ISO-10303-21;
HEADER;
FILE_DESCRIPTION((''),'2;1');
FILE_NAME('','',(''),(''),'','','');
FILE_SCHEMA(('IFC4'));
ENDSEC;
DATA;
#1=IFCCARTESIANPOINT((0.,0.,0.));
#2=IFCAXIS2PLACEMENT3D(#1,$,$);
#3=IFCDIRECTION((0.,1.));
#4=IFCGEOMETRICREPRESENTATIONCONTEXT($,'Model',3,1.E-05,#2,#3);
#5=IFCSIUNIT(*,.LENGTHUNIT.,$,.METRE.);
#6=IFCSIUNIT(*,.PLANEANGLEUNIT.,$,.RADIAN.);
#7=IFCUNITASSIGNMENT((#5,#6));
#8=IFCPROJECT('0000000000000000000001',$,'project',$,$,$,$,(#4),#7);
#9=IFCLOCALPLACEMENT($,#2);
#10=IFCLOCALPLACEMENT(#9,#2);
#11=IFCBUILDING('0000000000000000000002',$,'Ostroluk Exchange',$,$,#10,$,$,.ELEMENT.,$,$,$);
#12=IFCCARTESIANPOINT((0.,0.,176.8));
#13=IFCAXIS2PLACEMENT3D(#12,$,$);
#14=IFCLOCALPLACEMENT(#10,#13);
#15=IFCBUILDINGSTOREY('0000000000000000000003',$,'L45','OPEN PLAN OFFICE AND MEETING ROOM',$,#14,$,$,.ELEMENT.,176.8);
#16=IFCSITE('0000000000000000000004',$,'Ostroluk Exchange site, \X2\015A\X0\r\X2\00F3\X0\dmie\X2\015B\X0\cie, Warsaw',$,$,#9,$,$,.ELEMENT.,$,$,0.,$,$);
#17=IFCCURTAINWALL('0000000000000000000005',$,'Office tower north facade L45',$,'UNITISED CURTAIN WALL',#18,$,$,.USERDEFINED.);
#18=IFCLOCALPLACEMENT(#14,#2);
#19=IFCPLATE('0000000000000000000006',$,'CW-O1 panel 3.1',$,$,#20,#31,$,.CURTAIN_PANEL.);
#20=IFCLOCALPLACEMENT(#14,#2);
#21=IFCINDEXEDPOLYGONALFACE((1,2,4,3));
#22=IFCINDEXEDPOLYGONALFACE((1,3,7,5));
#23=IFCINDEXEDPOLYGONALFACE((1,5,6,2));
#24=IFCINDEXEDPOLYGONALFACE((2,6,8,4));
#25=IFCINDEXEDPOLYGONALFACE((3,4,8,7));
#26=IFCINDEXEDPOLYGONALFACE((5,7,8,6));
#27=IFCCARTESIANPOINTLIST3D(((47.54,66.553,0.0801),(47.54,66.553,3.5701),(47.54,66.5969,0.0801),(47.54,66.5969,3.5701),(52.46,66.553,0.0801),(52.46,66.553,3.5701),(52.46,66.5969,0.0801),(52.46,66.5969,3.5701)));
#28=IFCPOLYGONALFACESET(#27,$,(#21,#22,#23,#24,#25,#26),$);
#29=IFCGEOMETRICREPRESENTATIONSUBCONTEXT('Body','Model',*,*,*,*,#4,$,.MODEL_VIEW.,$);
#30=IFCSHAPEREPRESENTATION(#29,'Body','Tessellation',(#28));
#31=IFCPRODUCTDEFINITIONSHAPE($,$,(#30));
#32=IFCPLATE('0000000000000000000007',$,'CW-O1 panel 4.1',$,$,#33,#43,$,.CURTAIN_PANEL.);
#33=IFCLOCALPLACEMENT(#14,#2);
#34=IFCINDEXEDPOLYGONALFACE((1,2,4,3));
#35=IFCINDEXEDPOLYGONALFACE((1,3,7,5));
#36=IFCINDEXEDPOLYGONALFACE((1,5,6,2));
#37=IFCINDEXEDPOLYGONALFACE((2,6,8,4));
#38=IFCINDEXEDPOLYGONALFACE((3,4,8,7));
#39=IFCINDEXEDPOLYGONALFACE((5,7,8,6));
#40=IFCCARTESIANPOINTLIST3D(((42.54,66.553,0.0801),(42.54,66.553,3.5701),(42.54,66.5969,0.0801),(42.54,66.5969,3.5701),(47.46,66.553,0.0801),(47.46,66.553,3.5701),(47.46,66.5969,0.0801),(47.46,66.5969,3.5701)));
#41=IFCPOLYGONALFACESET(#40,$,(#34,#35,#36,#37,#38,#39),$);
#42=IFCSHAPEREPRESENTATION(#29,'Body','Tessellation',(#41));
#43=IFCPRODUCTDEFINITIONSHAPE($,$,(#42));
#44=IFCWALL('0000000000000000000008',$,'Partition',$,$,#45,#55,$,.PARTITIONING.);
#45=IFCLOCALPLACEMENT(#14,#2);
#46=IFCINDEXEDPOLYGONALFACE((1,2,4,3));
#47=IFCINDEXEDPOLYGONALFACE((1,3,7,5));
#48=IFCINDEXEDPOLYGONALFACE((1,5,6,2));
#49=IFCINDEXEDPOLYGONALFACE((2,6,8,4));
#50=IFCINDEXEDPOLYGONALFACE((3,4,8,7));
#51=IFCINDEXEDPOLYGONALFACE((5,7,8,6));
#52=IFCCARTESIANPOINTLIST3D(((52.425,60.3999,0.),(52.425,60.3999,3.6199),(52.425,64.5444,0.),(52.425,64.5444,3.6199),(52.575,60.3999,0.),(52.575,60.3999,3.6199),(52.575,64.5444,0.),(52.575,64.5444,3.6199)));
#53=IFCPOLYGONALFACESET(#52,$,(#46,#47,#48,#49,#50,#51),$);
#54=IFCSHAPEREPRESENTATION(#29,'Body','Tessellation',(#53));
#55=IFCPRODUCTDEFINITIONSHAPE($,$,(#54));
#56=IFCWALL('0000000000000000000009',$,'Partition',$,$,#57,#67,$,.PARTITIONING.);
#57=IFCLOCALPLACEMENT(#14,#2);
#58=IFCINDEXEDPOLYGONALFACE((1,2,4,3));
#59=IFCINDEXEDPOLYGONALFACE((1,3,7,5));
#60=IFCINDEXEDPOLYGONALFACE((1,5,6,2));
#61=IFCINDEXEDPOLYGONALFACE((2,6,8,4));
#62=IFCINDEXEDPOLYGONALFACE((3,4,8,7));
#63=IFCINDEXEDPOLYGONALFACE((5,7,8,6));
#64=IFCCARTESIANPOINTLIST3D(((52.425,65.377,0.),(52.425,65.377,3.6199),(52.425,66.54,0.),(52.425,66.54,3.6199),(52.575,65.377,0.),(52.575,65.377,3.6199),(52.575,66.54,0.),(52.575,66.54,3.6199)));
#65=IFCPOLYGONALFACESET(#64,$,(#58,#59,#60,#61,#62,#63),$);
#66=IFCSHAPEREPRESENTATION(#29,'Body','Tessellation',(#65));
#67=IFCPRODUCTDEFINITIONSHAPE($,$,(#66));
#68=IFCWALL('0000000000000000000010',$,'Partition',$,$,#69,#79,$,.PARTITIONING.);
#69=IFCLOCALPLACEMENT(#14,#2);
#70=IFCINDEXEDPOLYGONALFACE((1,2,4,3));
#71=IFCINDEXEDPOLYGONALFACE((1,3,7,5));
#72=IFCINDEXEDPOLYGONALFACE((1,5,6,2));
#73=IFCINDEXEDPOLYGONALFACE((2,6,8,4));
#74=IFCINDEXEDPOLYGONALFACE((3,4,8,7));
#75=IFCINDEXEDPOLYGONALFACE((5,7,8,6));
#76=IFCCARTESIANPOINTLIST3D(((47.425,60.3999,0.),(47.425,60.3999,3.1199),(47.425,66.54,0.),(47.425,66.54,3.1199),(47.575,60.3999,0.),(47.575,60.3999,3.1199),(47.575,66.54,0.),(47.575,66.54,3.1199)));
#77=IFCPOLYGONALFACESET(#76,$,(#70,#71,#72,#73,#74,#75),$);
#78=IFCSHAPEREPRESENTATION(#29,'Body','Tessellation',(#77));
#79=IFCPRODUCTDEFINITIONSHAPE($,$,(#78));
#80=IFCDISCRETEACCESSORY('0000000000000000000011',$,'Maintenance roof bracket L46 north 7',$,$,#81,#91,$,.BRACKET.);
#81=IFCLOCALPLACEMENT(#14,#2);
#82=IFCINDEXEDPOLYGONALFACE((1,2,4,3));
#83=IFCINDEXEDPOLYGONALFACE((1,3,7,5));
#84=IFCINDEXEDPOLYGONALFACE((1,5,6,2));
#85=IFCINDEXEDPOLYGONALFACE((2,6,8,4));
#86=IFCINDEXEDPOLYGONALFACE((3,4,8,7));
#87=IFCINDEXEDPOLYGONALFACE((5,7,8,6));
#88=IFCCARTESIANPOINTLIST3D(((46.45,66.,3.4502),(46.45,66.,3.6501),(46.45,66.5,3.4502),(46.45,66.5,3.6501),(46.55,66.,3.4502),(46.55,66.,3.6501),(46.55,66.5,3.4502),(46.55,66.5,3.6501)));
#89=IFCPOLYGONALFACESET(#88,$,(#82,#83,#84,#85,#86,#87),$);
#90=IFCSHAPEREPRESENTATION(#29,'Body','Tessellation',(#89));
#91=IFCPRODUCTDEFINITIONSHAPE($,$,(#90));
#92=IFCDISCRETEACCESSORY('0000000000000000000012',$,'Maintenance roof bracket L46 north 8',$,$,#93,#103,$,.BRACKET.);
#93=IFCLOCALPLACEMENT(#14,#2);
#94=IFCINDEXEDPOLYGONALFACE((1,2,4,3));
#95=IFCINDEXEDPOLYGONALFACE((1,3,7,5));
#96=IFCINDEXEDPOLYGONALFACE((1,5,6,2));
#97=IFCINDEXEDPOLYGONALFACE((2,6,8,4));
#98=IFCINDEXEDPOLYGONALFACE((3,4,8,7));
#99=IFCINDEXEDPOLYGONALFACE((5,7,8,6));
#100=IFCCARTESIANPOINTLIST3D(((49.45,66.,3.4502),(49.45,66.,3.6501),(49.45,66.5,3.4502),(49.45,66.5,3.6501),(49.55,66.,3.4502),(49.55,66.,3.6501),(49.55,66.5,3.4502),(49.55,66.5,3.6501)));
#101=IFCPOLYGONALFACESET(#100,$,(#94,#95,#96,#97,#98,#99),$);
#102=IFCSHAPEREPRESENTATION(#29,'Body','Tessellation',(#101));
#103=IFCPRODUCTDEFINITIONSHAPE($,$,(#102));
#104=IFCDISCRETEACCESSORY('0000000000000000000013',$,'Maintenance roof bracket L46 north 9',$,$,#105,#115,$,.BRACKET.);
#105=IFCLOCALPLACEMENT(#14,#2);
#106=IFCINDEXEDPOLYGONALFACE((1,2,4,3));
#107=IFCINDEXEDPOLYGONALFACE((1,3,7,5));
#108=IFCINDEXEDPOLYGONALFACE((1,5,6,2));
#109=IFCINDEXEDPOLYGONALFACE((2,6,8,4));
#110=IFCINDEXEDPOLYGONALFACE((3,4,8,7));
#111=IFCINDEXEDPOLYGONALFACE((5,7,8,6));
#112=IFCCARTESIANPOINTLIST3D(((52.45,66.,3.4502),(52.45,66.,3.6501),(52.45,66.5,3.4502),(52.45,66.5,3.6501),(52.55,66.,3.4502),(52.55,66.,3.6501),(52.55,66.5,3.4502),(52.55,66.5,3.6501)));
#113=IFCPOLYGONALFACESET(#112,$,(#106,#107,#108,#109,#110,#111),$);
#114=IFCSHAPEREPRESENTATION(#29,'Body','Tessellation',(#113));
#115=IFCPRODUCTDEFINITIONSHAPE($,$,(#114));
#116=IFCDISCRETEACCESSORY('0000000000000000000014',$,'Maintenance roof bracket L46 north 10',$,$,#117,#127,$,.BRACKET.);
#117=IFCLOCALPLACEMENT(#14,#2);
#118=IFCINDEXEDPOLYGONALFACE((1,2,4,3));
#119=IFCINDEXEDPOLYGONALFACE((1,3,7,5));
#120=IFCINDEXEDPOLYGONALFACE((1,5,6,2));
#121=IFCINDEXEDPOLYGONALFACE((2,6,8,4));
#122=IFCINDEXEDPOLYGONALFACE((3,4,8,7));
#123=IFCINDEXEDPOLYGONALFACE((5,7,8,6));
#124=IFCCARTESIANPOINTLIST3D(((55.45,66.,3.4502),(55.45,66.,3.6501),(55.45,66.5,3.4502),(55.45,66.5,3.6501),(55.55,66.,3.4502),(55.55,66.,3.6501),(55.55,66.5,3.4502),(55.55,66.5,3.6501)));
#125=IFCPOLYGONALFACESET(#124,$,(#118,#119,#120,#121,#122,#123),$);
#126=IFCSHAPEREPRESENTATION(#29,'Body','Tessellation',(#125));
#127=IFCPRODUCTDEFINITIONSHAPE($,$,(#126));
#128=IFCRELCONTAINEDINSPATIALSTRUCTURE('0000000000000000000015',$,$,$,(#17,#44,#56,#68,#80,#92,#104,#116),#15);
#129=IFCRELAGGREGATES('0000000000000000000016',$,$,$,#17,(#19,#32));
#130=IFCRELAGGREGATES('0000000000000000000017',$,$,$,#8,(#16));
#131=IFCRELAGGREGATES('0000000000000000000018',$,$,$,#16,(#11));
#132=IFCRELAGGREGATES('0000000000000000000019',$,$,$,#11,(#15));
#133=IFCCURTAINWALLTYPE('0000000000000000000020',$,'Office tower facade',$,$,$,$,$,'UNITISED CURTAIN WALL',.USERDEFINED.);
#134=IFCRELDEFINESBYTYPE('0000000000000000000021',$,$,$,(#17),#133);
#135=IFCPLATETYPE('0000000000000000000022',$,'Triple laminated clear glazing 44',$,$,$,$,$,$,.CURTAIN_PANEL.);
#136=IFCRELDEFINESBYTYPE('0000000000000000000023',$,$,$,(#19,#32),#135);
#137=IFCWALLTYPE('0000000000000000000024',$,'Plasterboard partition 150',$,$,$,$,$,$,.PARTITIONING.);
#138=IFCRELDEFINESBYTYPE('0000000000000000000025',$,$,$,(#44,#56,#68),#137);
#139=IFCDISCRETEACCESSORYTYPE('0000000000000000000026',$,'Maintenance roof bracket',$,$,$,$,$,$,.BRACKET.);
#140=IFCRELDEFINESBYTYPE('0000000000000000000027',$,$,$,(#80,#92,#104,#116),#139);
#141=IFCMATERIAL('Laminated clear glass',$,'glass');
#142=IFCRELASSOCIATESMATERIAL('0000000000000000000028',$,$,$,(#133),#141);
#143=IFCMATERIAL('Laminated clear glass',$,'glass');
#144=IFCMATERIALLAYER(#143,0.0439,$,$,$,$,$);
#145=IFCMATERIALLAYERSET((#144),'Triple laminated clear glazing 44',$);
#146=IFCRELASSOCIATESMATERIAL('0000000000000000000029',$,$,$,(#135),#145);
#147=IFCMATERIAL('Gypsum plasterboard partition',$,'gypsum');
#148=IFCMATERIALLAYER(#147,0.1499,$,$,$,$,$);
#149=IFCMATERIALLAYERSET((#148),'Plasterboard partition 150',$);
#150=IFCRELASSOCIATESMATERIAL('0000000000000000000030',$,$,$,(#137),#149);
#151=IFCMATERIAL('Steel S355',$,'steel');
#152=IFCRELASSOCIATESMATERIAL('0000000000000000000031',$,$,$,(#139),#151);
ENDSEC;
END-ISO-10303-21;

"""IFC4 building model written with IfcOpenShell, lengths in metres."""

from ifc_helpers import new_model, si_unit, direction, frame, frame_2d, origin, origin_2d, place, context, subcontext, project, spatial, rectangle, extrude, material, layer, layer_set, type_object, element, aggregate, save


model = new_model("IFC4")

# Units and contexts
model_context = context("Model", 3, precision=1e-05, world=origin(), true_north=direction((0.0, 1.0)))
body_context = subcontext(model_context, "Body", "Model", "MODEL_VIEW")
ifc_project = project(units=[si_unit("LENGTHUNIT", "METRE"), si_unit("PLANEANGLEUNIT", "RADIAN")], contexts=[model_context])

# Site, building, storey
site_placement = place(None, origin())
site = spatial("IfcSite", under=ifc_project, at=site_placement, Name="Ostroluk Exchange site, Śródmieście, Warsaw", CompositionType="ELEMENT", RefElevation=0.0)
building_placement = place(site_placement, origin())
building = spatial("IfcBuilding", under=site, at=building_placement, Name="Ostroluk Exchange", CompositionType="ELEMENT")
storey_placement = place(building_placement, frame((0.0, 0.0, 176.8)))
storey = spatial("IfcBuildingStorey", under=building, at=storey_placement, Name="L45", Description="OPEN PLAN OFFICE AND MEETING ROOM", CompositionType="ELEMENT", Elevation=176.8)

# Curtain wall, plates
ifc_material_1 = material(Name="Laminated clear glass", Category="glass")
curtain_wall_type = type_object("IfcCurtainWallType", Name="Office tower facade", ElementType="UNITISED CURTAIN WALL", PredefinedType="USERDEFINED", material=ifc_material_1)
curtain_wall_placement = place(storey_placement, origin())
curtain_wall = element("IfcCurtainWall", 1, at=curtain_wall_placement, inside=storey, type_object=curtain_wall_type, Name="Office tower north facade L45", ObjectType="UNITISED CURTAIN WALL", PredefinedType="USERDEFINED")
ifc_material_2 = material(Name="Laminated clear glass", Category="glass")
ifc_layer_1 = layer(ifc_material_2, 0.0439)
ifc_layer_set_1 = layer_set([ifc_layer_1], Name="Triple laminated clear glazing 44")
plate_type = type_object("IfcPlateType", Name="Triple laminated clear glazing 44", PredefinedType="CURTAIN_PANEL", material=ifc_layer_set_1)
plate_1_placement = place(storey_placement, frame((50.0, 66.575, 0.0801), z_axis=(0.0, 0.0, 1.0), x_axis=(-1.0, 0.0, 0.0)))
plate_1 = element("IfcPlate", 2, at=plate_1_placement, type_object=plate_type, Name="CW-O1 panel 3.1", PredefinedType="CURTAIN_PANEL", context=body_context, shape_type="SweptSolid", body=[
    extrude(rectangle(XDim=4.9199, YDim=0.0439, at=origin_2d()), origin(), (0.0, 0.0, 1.0), 3.49),
])
plate_2_placement = place(storey_placement, frame((45.0, 66.575, 0.0801), z_axis=(0.0, 0.0, 1.0), x_axis=(-1.0, 0.0, 0.0)))
plate_2 = element("IfcPlate", 3, at=plate_2_placement, type_object=plate_type, Name="CW-O1 panel 4.1", PredefinedType="CURTAIN_PANEL", context=body_context, shape_type="SweptSolid", body=[
    extrude(rectangle(XDim=4.9199, YDim=0.0439, at=origin_2d()), origin(), (0.0, 0.0, 1.0), 3.49),
])
aggregate(curtain_wall, [plate_1, plate_2])

# Walls
ifc_material_3 = material(Name="Gypsum plasterboard partition", Category="gypsum")
ifc_layer_2 = layer(ifc_material_3, 0.1499)
ifc_layer_set_2 = layer_set([ifc_layer_2], Name="Plasterboard partition 150")
wall_type = type_object("IfcWallType", Name="Plasterboard partition 150", PredefinedType="PARTITIONING", material=ifc_layer_set_2)
wall_1_placement = place(storey_placement, frame((52.5, 60.3999, 0.0), z_axis=(0.0, 0.0, 1.0), x_axis=(0.0, 1.0, 0.0)))
element("IfcWall", 4, at=wall_1_placement, inside=storey, type_object=wall_type, Name="Partition", PredefinedType="PARTITIONING", context=body_context, shape_type="SweptSolid", body=[
    extrude(rectangle(XDim=4.1445, YDim=0.1499, at=frame_2d((2.0723, 0.0))), origin(), (0.0, 0.0, 1.0), 3.6199),
])
wall_2_placement = place(storey_placement, frame((52.5, 65.377, 0.0), z_axis=(0.0, 0.0, 1.0), x_axis=(0.0, 1.0, 0.0)))
element("IfcWall", 5, at=wall_2_placement, inside=storey, type_object=wall_type, Name="Partition", PredefinedType="PARTITIONING", context=body_context, shape_type="SweptSolid", body=[
    extrude(rectangle(XDim=1.1631, YDim=0.1499, at=frame_2d((0.5815, 0.0))), origin(), (0.0, 0.0, 1.0), 3.6199),
])
wall_3_placement = place(storey_placement, frame((47.5, 60.3999, 0.0), z_axis=(0.0, 0.0, 1.0), x_axis=(0.0, 1.0, 0.0)))
element("IfcWall", 6, at=wall_3_placement, inside=storey, type_object=wall_type, Name="Partition", PredefinedType="PARTITIONING", context=body_context, shape_type="SweptSolid", body=[
    extrude(rectangle(XDim=6.1401, YDim=0.1499, at=frame_2d((3.0701, 0.0))), origin(), (0.0, 0.0, 1.0), 3.1199),
])

# Discrete accessories
ifc_material_4 = material(Name="Steel S355", Category="steel")
discrete_accessory_type = type_object("IfcDiscreteAccessoryType", Name="Maintenance roof bracket", PredefinedType="BRACKET", material=ifc_material_4)
for number, where, z_axis, x_axis, name in (
    (7, (46.5, 66.25, 3.4502), (0.0, 0.0, 1.0), (1.0, 0.0, 0.0), "Maintenance roof bracket L46 north 7"),
    (8, (49.5, 66.25, 3.4502), (0.0, 0.0, 1.0), (1.0, 0.0, 0.0), "Maintenance roof bracket L46 north 8"),
    (9, (52.5, 66.25, 3.4502), (0.0, 0.0, 1.0), (1.0, 0.0, 0.0), "Maintenance roof bracket L46 north 9"),
    (10, (55.5, 66.25, 3.4502), (0.0, 0.0, 1.0), (1.0, 0.0, 0.0), "Maintenance roof bracket L46 north 10"),
):
    element("IfcDiscreteAccessory", number, at=place(storey_placement, frame(where, z_axis=z_axis, x_axis=x_axis)), inside=storey, type_object=discrete_accessory_type, Name=name, PredefinedType="BRACKET", context=body_context, shape_type="SweptSolid", body=[
        extrude(rectangle(XDim=0.1001, YDim=0.5, at=origin_2d()), origin(), (0.0, 0.0, 1.0), 0.2),
    ])

save(model, "model.ifc")
